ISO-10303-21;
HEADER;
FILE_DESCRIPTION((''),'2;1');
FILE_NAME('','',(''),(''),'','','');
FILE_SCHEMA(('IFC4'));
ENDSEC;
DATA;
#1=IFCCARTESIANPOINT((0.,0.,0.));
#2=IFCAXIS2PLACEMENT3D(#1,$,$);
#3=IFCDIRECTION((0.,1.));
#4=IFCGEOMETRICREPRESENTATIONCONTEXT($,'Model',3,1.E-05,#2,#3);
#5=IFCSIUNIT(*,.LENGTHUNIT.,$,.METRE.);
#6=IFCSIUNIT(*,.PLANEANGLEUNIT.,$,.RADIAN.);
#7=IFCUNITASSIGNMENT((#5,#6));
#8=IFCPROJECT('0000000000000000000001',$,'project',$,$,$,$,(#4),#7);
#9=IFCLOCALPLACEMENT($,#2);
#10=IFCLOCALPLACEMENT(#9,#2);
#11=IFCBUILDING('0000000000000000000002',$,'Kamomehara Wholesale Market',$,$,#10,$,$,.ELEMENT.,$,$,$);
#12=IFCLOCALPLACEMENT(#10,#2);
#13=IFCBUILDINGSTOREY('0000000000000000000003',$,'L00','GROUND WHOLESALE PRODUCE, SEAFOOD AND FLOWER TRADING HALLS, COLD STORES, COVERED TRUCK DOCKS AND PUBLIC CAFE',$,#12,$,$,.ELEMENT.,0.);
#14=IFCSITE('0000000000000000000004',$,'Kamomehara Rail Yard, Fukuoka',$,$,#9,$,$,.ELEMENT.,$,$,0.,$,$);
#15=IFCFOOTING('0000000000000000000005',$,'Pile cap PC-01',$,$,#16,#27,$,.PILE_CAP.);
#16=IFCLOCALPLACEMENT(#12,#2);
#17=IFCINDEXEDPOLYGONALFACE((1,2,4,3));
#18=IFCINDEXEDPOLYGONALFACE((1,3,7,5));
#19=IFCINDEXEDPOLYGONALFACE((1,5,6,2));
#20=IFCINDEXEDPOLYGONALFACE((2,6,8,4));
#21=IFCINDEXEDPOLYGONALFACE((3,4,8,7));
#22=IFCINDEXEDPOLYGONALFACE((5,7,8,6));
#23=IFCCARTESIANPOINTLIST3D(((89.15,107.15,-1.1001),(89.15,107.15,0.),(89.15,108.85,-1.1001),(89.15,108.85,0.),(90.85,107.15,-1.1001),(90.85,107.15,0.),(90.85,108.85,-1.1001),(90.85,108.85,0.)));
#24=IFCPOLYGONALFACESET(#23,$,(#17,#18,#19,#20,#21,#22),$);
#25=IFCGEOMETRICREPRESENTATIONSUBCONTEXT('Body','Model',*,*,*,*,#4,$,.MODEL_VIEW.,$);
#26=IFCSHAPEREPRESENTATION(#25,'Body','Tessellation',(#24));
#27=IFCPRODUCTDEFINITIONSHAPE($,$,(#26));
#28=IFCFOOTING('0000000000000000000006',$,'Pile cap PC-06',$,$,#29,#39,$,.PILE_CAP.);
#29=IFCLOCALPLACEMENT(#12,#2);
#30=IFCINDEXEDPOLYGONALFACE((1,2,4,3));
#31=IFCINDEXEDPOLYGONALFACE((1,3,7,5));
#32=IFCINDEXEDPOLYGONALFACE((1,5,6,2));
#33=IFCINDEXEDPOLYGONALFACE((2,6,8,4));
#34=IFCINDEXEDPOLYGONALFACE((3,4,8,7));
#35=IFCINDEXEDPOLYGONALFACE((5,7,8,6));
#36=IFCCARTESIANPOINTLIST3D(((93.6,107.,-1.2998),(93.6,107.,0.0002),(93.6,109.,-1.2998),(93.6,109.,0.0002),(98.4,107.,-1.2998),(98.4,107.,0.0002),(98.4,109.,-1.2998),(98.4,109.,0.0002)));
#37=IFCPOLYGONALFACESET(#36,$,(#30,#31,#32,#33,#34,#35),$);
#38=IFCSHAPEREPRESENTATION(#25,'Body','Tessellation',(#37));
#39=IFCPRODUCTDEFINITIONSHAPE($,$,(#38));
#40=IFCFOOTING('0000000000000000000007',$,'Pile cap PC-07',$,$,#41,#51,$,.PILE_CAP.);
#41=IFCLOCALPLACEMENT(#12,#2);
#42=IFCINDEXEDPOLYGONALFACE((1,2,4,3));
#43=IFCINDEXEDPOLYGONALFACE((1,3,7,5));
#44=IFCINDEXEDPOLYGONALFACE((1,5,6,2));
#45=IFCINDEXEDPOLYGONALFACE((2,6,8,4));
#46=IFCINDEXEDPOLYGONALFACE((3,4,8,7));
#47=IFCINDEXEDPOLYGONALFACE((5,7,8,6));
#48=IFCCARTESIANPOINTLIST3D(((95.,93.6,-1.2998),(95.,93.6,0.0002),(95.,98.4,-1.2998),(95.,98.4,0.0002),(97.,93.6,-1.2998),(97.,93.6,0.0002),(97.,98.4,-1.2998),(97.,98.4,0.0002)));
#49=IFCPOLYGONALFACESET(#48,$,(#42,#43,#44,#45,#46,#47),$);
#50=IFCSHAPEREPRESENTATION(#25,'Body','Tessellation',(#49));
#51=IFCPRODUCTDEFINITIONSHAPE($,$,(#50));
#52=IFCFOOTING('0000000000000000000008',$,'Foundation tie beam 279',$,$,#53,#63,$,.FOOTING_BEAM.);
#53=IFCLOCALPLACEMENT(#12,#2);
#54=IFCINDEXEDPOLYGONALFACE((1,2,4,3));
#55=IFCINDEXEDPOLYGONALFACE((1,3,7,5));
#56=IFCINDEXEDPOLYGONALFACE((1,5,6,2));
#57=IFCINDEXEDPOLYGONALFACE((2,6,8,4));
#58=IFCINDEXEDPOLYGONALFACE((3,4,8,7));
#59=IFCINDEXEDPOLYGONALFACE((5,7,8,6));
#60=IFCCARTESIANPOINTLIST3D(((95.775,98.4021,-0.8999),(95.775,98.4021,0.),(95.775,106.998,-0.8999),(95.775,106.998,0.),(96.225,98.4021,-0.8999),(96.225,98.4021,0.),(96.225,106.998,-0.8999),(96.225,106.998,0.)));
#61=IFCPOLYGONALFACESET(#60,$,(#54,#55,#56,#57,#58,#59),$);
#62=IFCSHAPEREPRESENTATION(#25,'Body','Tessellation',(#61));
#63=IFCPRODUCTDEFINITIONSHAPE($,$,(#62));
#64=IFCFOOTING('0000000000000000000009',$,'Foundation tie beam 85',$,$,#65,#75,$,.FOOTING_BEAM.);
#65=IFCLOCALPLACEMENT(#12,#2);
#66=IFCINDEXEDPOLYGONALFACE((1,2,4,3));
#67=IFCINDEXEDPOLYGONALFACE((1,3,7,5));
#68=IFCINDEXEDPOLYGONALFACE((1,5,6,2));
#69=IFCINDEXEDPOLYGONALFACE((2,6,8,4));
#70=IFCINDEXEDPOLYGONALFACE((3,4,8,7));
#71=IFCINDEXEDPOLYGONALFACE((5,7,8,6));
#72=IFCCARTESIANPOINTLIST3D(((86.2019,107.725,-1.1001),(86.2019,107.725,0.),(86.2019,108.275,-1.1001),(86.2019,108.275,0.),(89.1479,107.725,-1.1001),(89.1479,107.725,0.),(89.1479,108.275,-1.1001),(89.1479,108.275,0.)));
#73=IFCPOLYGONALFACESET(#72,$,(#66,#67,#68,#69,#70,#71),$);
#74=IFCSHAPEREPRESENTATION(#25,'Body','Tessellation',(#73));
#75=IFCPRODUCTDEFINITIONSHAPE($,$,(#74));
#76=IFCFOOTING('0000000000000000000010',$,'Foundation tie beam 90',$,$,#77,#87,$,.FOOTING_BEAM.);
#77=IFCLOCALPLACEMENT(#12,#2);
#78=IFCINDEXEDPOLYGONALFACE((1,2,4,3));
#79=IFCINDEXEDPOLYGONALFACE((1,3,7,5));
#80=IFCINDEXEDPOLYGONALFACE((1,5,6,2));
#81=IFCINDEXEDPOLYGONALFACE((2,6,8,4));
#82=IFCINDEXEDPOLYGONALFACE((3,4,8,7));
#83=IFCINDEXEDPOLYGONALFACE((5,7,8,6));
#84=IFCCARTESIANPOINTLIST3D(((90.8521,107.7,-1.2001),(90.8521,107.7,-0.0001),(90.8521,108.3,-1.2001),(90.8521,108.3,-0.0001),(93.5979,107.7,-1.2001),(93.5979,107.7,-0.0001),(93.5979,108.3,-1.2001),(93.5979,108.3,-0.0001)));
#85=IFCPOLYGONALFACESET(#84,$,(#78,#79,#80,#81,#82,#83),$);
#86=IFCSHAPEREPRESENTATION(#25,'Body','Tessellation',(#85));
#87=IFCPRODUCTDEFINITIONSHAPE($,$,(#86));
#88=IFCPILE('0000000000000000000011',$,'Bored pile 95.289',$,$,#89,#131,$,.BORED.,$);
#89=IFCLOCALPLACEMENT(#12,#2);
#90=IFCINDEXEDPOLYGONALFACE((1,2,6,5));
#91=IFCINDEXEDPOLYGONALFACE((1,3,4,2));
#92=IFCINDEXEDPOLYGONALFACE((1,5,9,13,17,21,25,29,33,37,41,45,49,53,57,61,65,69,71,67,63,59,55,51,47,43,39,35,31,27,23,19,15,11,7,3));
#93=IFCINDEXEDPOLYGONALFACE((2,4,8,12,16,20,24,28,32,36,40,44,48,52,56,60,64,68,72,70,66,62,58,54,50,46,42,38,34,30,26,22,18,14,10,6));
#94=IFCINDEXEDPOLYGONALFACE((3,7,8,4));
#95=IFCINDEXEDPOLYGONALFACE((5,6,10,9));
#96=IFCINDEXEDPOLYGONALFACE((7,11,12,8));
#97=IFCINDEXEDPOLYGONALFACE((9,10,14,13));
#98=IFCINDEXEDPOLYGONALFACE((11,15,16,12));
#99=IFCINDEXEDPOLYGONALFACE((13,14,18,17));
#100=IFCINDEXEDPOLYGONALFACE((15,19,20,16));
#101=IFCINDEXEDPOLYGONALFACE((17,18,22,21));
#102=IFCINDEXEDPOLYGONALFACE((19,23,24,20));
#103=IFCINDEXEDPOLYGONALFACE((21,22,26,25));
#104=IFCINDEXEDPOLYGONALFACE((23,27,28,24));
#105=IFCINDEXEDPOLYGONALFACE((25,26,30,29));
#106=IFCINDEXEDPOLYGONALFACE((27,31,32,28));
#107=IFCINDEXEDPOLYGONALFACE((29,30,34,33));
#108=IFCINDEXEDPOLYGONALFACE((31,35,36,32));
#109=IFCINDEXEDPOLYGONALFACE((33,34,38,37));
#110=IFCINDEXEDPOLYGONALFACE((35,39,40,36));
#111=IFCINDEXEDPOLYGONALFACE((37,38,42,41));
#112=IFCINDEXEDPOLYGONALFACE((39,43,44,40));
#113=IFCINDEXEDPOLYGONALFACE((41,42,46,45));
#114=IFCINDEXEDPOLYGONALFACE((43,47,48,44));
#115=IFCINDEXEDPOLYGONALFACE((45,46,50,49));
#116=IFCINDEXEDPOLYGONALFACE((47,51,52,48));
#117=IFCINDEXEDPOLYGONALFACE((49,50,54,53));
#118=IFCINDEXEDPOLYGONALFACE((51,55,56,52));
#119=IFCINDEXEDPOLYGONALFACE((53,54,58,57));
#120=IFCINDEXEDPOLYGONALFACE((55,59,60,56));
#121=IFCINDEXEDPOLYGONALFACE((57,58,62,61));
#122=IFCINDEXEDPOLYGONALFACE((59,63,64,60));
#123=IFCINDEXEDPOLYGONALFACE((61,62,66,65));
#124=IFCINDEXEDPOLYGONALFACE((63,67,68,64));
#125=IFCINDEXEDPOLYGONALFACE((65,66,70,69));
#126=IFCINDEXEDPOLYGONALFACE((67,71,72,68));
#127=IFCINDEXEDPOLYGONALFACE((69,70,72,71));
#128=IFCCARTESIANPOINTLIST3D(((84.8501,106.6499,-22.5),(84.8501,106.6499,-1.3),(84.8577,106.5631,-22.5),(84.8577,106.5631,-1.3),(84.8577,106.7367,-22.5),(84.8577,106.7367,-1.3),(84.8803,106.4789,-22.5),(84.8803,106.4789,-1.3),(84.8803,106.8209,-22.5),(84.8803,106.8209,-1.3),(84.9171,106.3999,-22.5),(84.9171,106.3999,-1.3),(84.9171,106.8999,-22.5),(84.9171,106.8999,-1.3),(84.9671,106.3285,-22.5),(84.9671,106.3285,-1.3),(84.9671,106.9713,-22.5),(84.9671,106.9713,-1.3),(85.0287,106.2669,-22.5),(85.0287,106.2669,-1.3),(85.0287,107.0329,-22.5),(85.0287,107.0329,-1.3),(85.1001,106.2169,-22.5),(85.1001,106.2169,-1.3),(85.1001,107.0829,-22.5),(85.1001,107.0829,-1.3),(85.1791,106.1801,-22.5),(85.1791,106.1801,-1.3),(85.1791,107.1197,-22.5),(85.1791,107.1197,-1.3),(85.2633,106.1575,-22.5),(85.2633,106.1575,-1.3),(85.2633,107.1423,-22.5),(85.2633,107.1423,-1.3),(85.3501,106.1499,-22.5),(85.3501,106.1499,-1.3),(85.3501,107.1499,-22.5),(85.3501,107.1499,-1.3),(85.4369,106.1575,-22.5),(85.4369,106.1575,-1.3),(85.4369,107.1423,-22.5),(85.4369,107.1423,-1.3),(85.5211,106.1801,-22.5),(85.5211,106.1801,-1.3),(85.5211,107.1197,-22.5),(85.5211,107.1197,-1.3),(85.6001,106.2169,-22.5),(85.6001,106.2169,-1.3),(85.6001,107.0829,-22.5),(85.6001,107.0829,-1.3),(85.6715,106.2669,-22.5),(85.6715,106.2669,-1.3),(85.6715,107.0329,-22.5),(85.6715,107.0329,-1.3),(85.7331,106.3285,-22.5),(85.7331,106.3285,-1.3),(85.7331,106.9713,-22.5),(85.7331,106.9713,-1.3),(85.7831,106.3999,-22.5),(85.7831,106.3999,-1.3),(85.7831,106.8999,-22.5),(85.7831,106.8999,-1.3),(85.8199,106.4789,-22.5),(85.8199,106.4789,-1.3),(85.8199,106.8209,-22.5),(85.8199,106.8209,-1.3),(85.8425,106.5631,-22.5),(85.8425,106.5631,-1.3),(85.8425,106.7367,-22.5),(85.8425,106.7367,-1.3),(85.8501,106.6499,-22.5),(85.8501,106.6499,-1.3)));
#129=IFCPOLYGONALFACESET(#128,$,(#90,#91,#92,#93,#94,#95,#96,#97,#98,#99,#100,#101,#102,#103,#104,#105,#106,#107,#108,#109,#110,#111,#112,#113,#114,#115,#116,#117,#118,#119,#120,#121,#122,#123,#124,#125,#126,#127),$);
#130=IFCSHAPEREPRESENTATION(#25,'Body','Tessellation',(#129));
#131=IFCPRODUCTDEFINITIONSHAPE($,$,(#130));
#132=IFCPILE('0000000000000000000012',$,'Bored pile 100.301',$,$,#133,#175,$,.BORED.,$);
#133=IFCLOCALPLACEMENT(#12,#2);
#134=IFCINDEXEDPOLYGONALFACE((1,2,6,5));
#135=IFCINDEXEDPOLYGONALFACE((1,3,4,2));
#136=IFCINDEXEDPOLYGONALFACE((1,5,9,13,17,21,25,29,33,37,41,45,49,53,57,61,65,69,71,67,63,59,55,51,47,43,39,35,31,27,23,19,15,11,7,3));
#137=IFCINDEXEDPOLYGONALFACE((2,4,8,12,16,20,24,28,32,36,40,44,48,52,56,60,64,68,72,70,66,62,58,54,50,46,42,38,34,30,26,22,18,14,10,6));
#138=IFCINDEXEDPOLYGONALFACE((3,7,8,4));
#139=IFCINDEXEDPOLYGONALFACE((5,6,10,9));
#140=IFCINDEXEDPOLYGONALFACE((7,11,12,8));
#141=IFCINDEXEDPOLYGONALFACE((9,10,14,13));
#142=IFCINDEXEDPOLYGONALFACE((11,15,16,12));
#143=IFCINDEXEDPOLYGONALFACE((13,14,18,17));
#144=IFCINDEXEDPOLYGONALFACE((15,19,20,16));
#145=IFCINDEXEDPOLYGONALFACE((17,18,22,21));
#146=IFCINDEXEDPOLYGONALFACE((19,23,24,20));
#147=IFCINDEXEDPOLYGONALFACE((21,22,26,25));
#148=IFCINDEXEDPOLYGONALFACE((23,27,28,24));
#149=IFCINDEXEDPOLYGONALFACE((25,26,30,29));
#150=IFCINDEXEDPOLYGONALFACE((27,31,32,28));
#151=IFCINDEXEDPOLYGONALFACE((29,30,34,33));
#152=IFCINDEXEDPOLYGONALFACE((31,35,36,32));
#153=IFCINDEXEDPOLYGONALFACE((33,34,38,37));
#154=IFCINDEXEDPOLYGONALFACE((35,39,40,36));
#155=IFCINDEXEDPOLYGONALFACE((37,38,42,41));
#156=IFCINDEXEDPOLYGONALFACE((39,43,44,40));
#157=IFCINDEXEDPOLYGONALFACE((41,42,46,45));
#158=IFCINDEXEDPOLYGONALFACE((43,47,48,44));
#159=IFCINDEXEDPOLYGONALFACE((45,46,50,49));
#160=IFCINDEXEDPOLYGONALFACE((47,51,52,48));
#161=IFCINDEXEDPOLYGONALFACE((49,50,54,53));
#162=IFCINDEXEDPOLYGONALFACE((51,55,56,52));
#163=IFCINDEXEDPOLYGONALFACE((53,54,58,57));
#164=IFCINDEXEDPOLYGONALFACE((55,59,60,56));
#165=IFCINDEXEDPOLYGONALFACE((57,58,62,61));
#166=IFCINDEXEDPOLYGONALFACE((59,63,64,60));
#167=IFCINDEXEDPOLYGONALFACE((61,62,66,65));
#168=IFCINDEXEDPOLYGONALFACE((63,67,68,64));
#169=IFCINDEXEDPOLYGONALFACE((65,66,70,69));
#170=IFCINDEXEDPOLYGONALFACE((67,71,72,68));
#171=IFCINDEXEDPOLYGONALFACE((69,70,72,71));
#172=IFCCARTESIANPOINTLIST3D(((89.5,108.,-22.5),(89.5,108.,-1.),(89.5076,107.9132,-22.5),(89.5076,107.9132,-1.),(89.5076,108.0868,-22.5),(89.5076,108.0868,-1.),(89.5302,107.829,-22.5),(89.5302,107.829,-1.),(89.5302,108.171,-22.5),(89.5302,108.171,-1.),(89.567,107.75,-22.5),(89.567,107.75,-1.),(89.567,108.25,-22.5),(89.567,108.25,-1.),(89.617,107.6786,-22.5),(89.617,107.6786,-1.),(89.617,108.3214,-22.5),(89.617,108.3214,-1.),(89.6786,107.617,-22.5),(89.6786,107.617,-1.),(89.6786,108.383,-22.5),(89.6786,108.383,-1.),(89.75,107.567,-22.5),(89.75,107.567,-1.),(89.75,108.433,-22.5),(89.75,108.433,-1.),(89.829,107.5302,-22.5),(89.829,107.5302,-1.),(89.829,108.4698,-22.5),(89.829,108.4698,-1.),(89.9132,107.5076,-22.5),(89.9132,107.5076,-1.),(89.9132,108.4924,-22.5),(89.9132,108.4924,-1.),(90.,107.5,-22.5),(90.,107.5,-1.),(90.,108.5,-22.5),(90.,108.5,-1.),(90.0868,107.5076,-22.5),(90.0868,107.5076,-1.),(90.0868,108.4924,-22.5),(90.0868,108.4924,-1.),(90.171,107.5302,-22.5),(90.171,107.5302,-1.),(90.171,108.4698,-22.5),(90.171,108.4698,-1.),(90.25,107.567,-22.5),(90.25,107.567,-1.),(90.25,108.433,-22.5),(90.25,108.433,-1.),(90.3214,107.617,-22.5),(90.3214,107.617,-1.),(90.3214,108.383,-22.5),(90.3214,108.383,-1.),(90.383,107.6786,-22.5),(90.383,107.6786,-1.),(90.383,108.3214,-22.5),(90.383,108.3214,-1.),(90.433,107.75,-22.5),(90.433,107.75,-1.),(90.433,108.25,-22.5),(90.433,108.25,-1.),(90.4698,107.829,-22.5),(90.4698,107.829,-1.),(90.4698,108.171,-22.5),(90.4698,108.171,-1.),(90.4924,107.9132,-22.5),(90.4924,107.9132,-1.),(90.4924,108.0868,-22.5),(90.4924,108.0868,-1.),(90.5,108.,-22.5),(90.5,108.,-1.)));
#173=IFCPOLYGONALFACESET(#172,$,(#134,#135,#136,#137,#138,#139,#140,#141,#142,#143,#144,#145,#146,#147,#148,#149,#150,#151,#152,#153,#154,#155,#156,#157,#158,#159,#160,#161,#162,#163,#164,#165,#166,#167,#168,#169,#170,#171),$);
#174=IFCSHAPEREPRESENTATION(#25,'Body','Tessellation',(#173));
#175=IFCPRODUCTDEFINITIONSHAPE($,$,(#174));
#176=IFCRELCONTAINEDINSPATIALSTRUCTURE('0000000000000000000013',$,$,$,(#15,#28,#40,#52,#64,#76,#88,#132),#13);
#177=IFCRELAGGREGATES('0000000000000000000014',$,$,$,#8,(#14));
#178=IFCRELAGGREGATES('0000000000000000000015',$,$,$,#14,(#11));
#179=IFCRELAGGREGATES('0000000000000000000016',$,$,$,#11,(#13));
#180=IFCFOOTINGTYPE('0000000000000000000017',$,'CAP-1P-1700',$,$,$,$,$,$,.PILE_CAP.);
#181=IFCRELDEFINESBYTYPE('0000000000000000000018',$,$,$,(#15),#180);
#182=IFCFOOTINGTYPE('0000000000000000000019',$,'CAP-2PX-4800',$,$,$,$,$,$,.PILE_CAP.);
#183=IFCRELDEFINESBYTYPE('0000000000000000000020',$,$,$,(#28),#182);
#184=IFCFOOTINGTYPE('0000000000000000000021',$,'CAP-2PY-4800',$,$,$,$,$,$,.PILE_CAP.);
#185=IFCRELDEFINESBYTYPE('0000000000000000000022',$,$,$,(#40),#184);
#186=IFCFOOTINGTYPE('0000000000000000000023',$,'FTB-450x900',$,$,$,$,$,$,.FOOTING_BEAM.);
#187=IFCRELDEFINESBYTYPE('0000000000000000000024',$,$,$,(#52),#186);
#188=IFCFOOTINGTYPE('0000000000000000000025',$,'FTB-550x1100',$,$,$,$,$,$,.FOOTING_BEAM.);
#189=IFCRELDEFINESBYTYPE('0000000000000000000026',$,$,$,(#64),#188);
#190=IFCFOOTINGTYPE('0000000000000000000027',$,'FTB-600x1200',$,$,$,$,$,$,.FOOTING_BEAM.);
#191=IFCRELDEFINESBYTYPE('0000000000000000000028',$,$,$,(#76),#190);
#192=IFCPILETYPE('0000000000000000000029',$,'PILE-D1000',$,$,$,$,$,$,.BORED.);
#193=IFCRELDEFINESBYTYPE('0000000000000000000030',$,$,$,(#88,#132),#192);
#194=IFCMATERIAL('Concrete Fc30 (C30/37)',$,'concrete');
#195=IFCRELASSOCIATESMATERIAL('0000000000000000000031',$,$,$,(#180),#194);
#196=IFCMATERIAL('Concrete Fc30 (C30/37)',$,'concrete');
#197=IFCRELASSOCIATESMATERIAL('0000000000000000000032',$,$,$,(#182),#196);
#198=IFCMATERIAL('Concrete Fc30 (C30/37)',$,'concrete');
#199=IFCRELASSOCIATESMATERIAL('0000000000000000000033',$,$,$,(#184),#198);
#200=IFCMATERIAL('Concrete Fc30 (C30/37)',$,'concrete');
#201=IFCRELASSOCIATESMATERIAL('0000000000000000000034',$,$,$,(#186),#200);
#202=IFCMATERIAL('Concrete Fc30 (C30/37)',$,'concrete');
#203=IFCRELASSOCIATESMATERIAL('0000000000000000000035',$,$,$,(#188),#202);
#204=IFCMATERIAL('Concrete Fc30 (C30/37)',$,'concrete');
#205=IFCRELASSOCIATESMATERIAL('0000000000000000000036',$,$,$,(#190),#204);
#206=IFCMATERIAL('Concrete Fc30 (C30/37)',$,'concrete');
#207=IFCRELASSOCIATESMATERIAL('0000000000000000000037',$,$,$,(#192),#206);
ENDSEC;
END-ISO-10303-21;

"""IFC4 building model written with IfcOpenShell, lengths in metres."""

from ifc_helpers import new_model, si_unit, direction, frame, origin, origin_2d, place, context, subcontext, project, spatial, rectangle, circle, extrude, material, material_profile, profile_set, type_object, element, save


model = new_model("IFC4")

# Units and contexts
model_context = context("Model", 3, precision=1e-05, world=origin(), true_north=direction((0.0, 1.0)))
body_context = subcontext(model_context, "Body", "Model", "MODEL_VIEW")
ifc_project = project(units=[si_unit("LENGTHUNIT", "METRE"), si_unit("PLANEANGLEUNIT", "RADIAN")], contexts=[model_context])

# Site, building, storey
site_placement = place(None, origin())
site = spatial("IfcSite", under=ifc_project, at=site_placement, Name="Kamomehara Rail Yard, Fukuoka", CompositionType="ELEMENT", RefElevation=0.0)
building_placement = place(site_placement, origin())
building = spatial("IfcBuilding", under=site, at=building_placement, Name="Kamomehara Wholesale Market", CompositionType="ELEMENT")
storey_placement = place(building_placement, origin())
storey = spatial("IfcBuildingStorey", under=building, at=storey_placement, Name="L00", Description="GROUND WHOLESALE PRODUCE, SEAFOOD AND FLOWER TRADING HALLS, COLD STORES, COVERED TRUCK DOCKS AND PUBLIC CAFE", CompositionType="ELEMENT", Elevation=0.0)

# Footings
ifc_material_1 = material(Name="Concrete Fc30 (C30/37)", Category="concrete")
footing_type_1 = type_object("IfcFootingType", Name="CAP-1P-1700", PredefinedType="PILE_CAP", material=ifc_material_1)
footing_1_placement = place(storey_placement, frame((90.0, 108.0, -1.1001), z_axis=(0.0, 0.0, 1.0), x_axis=(1.0, 0.0, 0.0)))
element("IfcFooting", 1, at=footing_1_placement, inside=storey, type_object=footing_type_1, Name="Pile cap PC-01", PredefinedType="PILE_CAP", context=body_context, shape_type="SweptSolid", body=[
    extrude(rectangle(XDim=1.7, YDim=1.7, at=origin_2d()), origin(), (0.0, 0.0, 1.0), 1.1001),
])
ifc_material_2 = material(Name="Concrete Fc30 (C30/37)", Category="concrete")
footing_type_2 = type_object("IfcFootingType", Name="CAP-2PX-4800", PredefinedType="PILE_CAP", material=ifc_material_2)
footing_2_placement = place(storey_placement, frame((96.0, 108.0, -1.2998), z_axis=(0.0, 0.0, 1.0), x_axis=(1.0, 0.0, 0.0)))
element("IfcFooting", 2, at=footing_2_placement, inside=storey, type_object=footing_type_2, Name="Pile cap PC-06", PredefinedType="PILE_CAP", context=body_context, shape_type="SweptSolid", body=[
    extrude(rectangle(XDim=4.8, YDim=2.0, at=origin_2d()), origin(), (0.0, 0.0, 1.0), 1.3),
])
ifc_material_3 = material(Name="Concrete Fc30 (C30/37)", Category="concrete")
footing_type_3 = type_object("IfcFootingType", Name="CAP-2PY-4800", PredefinedType="PILE_CAP", material=ifc_material_3)
footing_3_placement = place(storey_placement, frame((96.0, 96.0, -1.2998), z_axis=(0.0, 0.0, 1.0), x_axis=(1.0, 0.0, 0.0)))
element("IfcFooting", 3, at=footing_3_placement, inside=storey, type_object=footing_type_3, Name="Pile cap PC-07", PredefinedType="PILE_CAP", context=body_context, shape_type="SweptSolid", body=[
    extrude(rectangle(XDim=2.0, YDim=4.8, at=origin_2d()), origin(), (0.0, 0.0, 1.0), 1.3),
])
ifc_material_4 = material(Name="Concrete Fc30 (C30/37)", Category="concrete")
ifc_material_profile_1 = material_profile(ifc_material_4, rectangle(XDim=0.45, YDim=0.8999, at=origin_2d()), Name="RC-FTB-450x900")
ifc_profile_set_1 = profile_set([ifc_material_profile_1], Name="Concrete Fc30 (C30/37)")
footing_type_4 = type_object("IfcFootingType", Name="FTB-450x900", PredefinedType="FOOTING_BEAM", material=ifc_profile_set_1)
footing_4_placement = place(storey_placement, frame((96.0, 98.4021, -0.45), z_axis=(0.0, 1.0, 0.0), x_axis=(-1.0, 0.0, 0.0)))
element("IfcFooting", 4, at=footing_4_placement, inside=storey, type_object=footing_type_4, Name="Foundation tie beam 279", PredefinedType="FOOTING_BEAM", context=body_context, shape_type="SweptSolid", body=[
    extrude(rectangle(XDim=0.45, YDim=0.8999, at=origin_2d()), origin(), (0.0, 0.0, 1.0), 8.5959),
])
ifc_material_5 = material(Name="Concrete Fc30 (C30/37)", Category="concrete")
ifc_material_profile_2 = material_profile(ifc_material_5, rectangle(XDim=0.55, YDim=1.1001, at=origin_2d()), Name="RC-FTB-550x1100")
ifc_profile_set_2 = profile_set([ifc_material_profile_2], Name="Concrete Fc30 (C30/37)")
footing_type_5 = type_object("IfcFootingType", Name="FTB-550x1100", PredefinedType="FOOTING_BEAM", material=ifc_profile_set_2)
footing_5_placement = place(storey_placement, frame((86.2019, 108.0, -0.55), z_axis=(1.0, 0.0, 0.0), x_axis=(0.0, 1.0, 0.0)))
element("IfcFooting", 5, at=footing_5_placement, inside=storey, type_object=footing_type_5, Name="Foundation tie beam 85", PredefinedType="FOOTING_BEAM", context=body_context, shape_type="SweptSolid", body=[
    extrude(rectangle(XDim=0.55, YDim=1.1001, at=origin_2d()), origin(), (0.0, 0.0, 1.0), 2.946),
])
ifc_material_6 = material(Name="Concrete Fc30 (C30/37)", Category="concrete")
ifc_material_profile_3 = material_profile(ifc_material_6, rectangle(XDim=0.6001, YDim=1.2, at=origin_2d()), Name="RC-FTB-600x1200")
ifc_profile_set_3 = profile_set([ifc_material_profile_3], Name="Concrete Fc30 (C30/37)")
footing_type_6 = type_object("IfcFootingType", Name="FTB-600x1200", PredefinedType="FOOTING_BEAM", material=ifc_profile_set_3)
footing_6_placement = place(storey_placement, frame((90.8521, 108.0, -0.6001), z_axis=(1.0, 0.0, 0.0), x_axis=(0.0, 1.0, 0.0)))
element("IfcFooting", 6, at=footing_6_placement, inside=storey, type_object=footing_type_6, Name="Foundation tie beam 90", PredefinedType="FOOTING_BEAM", context=body_context, shape_type="SweptSolid", body=[
    extrude(rectangle(XDim=0.6001, YDim=1.2, at=origin_2d()), origin(), (0.0, 0.0, 1.0), 2.7458),
])

# Piles
ifc_material_7 = material(Name="Concrete Fc30 (C30/37)", Category="concrete")
ifc_material_profile_4 = material_profile(ifc_material_7, circle(Radius=0.5, at=origin_2d()), Name="RC-PILE-D1000")
ifc_profile_set_4 = profile_set([ifc_material_profile_4], Name="Concrete Fc30 (C30/37)")
pile_type_1 = type_object("IfcPileType", Name="PILE-D1000", PredefinedType="BORED", material=ifc_profile_set_4)
pile_1_placement = place(storey_placement, frame((85.3501, 106.6499, -1.3), z_axis=(0.0, 0.0, -1.0), x_axis=(1.0, 0.0, 0.0)))
element("IfcPile", 7, at=pile_1_placement, inside=storey, type_object=pile_type_1, Name="Bored pile 95.289", PredefinedType="BORED", context=body_context, shape_type="SweptSolid", body=[
    extrude(circle(Radius=0.5, at=origin_2d()), origin(), (0.0, 0.0, 1.0), 21.2),
])
pile_2_placement = place(storey_placement, frame((90.0, 108.0, -1.0), z_axis=(0.0, 0.0, -1.0), x_axis=(1.0, 0.0, 0.0)))
element("IfcPile", 8, at=pile_2_placement, inside=storey, type_object=pile_type_1, Name="Bored pile 100.301", PredefinedType="BORED", context=body_context, shape_type="SweptSolid", body=[
    extrude(circle(Radius=0.5, at=origin_2d()), origin(), (0.0, 0.0, 1.0), 21.5),
])

save(model, "model.ifc")
